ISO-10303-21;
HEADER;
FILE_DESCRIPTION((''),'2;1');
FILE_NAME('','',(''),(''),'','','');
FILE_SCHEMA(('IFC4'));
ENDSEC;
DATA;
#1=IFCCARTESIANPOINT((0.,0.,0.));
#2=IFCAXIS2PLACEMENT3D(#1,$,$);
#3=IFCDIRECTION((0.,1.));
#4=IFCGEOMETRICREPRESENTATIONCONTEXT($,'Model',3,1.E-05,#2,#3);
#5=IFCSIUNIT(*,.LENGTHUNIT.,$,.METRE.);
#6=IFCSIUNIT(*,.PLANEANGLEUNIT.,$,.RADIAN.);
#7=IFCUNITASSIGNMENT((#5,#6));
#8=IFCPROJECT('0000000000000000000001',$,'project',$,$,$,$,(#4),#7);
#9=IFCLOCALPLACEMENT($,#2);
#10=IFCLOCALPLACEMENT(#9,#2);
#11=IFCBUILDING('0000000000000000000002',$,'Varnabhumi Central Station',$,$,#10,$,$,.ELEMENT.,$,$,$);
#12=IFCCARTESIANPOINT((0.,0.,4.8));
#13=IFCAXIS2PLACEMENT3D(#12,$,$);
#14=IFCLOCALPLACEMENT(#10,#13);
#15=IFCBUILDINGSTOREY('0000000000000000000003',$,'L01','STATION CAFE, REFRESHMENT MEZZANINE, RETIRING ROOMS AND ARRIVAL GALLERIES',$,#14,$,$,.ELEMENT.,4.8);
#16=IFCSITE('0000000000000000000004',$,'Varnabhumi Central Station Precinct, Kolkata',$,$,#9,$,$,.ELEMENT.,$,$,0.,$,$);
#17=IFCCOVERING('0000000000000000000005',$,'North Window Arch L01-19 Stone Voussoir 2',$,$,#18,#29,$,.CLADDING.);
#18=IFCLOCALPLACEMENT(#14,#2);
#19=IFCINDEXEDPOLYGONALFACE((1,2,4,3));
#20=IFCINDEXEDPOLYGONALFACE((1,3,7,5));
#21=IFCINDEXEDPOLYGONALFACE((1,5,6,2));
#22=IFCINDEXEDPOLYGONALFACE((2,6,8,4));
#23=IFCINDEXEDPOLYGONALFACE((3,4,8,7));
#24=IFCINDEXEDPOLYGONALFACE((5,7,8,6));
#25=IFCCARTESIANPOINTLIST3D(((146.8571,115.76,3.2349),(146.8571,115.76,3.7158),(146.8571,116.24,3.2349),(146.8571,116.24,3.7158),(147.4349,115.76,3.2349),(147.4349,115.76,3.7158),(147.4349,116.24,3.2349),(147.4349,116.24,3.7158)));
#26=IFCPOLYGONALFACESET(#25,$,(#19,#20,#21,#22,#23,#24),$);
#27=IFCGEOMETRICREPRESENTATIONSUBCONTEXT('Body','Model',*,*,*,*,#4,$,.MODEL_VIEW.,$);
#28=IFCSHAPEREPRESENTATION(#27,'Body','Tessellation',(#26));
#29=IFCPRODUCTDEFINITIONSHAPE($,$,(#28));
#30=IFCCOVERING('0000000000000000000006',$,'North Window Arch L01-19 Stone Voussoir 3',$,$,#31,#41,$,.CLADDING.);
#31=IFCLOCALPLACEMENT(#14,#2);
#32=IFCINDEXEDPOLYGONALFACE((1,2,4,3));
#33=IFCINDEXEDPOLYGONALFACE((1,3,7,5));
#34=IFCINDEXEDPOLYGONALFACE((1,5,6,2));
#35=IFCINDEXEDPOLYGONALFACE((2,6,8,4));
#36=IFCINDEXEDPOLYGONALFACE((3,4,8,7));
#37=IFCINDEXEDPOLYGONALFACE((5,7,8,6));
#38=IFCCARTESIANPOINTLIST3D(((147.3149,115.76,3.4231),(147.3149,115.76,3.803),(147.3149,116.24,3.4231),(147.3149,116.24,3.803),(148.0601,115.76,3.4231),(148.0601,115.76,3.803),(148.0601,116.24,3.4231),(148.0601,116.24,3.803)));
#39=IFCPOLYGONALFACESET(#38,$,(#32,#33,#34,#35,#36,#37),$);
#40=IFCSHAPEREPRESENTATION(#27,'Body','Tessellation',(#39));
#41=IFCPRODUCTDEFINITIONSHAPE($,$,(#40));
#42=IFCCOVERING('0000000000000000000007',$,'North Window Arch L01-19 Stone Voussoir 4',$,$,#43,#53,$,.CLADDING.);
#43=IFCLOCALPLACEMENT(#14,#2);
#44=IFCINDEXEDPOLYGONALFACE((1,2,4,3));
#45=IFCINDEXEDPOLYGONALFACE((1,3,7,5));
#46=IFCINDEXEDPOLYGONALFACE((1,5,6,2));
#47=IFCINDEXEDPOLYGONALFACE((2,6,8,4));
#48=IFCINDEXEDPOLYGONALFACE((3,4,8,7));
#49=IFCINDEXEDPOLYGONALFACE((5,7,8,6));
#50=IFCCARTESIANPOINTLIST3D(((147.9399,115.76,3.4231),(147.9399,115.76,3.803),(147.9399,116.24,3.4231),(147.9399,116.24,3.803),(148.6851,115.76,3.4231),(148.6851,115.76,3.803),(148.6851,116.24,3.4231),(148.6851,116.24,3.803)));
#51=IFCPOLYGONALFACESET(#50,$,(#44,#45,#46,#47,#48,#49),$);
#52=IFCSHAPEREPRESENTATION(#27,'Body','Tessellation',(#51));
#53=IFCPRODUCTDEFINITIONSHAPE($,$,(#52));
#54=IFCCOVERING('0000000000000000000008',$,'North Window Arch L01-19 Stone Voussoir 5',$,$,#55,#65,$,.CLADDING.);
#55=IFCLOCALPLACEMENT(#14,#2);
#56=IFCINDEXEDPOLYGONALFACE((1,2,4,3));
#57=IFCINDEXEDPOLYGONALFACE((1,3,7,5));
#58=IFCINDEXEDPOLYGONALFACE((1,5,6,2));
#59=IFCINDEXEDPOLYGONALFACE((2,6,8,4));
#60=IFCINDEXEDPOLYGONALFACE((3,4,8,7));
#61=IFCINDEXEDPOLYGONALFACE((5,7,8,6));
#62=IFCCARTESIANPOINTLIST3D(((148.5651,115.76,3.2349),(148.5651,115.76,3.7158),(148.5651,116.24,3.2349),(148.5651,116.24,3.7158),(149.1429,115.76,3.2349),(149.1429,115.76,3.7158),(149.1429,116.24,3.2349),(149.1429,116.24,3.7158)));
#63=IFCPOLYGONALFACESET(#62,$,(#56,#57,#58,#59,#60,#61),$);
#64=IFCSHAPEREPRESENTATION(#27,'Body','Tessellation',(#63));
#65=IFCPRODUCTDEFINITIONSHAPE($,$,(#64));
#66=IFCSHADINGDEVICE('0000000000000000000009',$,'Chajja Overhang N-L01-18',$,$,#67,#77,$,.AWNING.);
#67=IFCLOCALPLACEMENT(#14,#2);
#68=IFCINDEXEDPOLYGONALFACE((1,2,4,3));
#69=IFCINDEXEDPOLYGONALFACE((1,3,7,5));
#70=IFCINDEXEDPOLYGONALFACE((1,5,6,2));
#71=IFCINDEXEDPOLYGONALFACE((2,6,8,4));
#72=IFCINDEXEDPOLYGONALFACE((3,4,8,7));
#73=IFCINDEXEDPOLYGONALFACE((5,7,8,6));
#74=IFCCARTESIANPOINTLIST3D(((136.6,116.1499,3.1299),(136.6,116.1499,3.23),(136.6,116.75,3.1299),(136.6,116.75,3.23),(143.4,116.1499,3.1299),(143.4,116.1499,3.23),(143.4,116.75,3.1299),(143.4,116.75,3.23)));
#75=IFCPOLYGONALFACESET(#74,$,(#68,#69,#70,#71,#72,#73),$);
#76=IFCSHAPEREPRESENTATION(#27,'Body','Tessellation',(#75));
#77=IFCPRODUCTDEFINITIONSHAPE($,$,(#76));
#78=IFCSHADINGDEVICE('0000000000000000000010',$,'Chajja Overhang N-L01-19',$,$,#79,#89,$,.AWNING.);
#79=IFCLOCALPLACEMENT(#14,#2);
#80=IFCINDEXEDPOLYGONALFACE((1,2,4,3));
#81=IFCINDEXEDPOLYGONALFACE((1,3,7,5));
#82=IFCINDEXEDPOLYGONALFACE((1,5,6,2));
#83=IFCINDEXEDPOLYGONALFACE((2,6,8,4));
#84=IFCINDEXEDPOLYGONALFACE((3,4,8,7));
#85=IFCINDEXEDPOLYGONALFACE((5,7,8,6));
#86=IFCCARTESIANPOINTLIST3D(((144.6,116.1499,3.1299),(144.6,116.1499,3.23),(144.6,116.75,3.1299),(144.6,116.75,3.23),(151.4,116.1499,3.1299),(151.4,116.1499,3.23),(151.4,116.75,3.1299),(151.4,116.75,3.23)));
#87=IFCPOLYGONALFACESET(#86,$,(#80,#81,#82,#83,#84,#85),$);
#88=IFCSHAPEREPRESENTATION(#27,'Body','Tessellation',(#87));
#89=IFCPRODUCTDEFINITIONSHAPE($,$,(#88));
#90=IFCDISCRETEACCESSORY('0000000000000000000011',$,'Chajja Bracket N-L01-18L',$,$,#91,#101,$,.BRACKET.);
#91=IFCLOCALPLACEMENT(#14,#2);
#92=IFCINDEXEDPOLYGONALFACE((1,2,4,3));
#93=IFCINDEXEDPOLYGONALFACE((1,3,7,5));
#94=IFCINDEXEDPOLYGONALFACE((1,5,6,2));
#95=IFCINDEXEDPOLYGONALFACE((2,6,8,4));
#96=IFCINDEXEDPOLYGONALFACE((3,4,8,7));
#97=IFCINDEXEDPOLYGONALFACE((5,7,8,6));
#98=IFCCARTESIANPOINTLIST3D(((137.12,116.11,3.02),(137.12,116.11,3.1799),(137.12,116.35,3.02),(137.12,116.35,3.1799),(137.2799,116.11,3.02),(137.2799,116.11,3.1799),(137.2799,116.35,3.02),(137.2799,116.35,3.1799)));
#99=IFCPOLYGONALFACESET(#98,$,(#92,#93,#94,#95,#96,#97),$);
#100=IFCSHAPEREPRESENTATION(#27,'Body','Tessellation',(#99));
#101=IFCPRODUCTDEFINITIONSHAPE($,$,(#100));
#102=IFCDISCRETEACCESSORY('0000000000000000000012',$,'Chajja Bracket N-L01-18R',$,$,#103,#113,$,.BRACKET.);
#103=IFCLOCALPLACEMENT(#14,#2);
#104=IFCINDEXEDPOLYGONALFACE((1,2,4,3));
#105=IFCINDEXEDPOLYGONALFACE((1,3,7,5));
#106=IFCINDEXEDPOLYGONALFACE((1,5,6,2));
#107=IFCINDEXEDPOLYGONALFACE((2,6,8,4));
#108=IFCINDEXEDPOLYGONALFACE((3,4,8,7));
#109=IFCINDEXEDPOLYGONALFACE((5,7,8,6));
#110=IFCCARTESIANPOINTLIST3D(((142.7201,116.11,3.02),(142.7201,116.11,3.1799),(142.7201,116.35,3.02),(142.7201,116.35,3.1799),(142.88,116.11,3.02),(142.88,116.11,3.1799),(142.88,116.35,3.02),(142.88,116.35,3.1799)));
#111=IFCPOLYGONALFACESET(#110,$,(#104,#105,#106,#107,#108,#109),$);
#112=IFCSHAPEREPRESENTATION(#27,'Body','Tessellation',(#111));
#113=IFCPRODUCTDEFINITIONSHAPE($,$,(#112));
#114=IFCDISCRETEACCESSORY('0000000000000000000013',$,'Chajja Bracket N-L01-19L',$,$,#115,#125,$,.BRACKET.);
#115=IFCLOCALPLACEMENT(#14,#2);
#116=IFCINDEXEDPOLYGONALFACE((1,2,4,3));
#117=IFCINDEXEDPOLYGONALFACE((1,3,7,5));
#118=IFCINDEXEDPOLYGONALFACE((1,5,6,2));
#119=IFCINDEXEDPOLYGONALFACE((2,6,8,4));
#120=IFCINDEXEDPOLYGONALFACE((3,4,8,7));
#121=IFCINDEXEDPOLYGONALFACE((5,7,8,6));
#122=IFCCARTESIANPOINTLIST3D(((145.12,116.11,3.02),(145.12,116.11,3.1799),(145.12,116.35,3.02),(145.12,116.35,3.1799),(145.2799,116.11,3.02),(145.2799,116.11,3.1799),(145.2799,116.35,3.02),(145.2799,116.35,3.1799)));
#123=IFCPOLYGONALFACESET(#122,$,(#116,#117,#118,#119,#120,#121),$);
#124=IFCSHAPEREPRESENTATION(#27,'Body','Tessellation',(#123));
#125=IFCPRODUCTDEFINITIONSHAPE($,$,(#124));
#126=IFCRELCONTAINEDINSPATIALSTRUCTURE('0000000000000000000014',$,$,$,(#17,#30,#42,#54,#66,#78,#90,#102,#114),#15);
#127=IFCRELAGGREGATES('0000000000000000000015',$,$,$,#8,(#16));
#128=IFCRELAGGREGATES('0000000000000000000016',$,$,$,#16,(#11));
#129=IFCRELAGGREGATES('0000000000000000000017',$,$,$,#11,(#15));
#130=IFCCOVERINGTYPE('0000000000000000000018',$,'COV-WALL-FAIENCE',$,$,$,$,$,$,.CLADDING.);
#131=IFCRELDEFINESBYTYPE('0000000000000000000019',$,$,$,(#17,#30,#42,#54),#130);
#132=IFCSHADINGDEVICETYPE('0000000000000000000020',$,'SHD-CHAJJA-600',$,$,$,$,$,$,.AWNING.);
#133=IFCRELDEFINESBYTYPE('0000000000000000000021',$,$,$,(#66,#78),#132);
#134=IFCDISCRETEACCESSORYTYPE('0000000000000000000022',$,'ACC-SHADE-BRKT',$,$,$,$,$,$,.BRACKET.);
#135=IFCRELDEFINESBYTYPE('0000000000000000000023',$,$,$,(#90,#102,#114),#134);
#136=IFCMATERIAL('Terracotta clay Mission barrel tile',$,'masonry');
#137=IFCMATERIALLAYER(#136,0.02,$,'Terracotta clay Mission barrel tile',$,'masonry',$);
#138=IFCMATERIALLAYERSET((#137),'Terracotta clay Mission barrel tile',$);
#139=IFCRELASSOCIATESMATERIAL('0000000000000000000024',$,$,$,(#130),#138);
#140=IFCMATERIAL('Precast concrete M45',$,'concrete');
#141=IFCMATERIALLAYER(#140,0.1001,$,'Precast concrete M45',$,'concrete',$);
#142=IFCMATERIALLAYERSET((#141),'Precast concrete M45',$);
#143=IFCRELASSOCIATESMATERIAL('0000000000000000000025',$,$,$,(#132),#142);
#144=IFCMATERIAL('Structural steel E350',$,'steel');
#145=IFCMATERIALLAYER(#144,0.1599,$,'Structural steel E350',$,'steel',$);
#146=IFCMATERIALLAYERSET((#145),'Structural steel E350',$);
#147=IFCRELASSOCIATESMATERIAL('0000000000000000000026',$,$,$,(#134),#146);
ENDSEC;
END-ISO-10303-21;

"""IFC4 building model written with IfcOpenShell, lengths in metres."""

from ifc_helpers import new_model, si_unit, direction, frame, origin, origin_2d, place, context, subcontext, project, spatial, rectangle, extrude, material, layer, layer_set, type_object, element, save


model = new_model("IFC4")

# Units and contexts
model_context = context("Model", 3, precision=1e-05, world=origin(), true_north=direction((0.0, 1.0)))
body_context = subcontext(model_context, "Body", "Model", "MODEL_VIEW")
ifc_project = project(units=[si_unit("LENGTHUNIT", "METRE"), si_unit("PLANEANGLEUNIT", "RADIAN")], contexts=[model_context])

# Site, building, storey
site_placement = place(None, origin())
site = spatial("IfcSite", under=ifc_project, at=site_placement, Name="Varnabhumi Central Station Precinct, Kolkata", CompositionType="ELEMENT", RefElevation=0.0)
building_placement = place(site_placement, origin())
building = spatial("IfcBuilding", under=site, at=building_placement, Name="Varnabhumi Central Station", CompositionType="ELEMENT")
storey_placement = place(building_placement, frame((0.0, 0.0, 4.8)))
storey = spatial("IfcBuildingStorey", under=building, at=storey_placement, Name="L01", Description="STATION CAFE, REFRESHMENT MEZZANINE, RETIRING ROOMS AND ARRIVAL GALLERIES", CompositionType="ELEMENT", Elevation=4.8)

# Coverings
ifc_material_1 = material(Name="Terracotta clay Mission barrel tile", Category="masonry")
ifc_layer_1 = layer(ifc_material_1, 0.02, Name="Terracotta clay Mission barrel tile", Category="masonry")
ifc_layer_set_1 = layer_set([ifc_layer_1], Name="Terracotta clay Mission barrel tile")
covering_type = type_object("IfcCoveringType", Name="COV-WALL-FAIENCE", PredefinedType="CLADDING", material=ifc_layer_set_1)
covering_1_placement = place(storey_placement, frame((147.146, 116.0, 3.2349), z_axis=(0.0, 0.0, 1.0), x_axis=(1.0, 0.0, 0.0)))
element("IfcCovering", 1, at=covering_1_placement, inside=storey, type_object=covering_type, Name="North Window Arch L01-19 Stone Voussoir 2", PredefinedType="CLADDING", context=body_context, shape_type="SweptSolid", body=[
    extrude(rectangle(XDim=0.5779, YDim=0.48, at=origin_2d()), origin(), (0.0, 0.0, 1.0), 0.481),
])
for number, where, z_axis, x_axis, name in (
    (2, (147.6875, 116.0, 3.4231), (0.0, 0.0, 1.0), (1.0, 0.0, 0.0), "North Window Arch L01-19 Stone Voussoir 3"),
    (3, (148.3125, 116.0, 3.4231), (0.0, 0.0, 1.0), (1.0, 0.0, 0.0), "North Window Arch L01-19 Stone Voussoir 4"),
):
    element("IfcCovering", number, at=place(storey_placement, frame(where, z_axis=z_axis, x_axis=x_axis)), inside=storey, type_object=covering_type, Name=name, PredefinedType="CLADDING", context=body_context, shape_type="SweptSolid", body=[
        extrude(rectangle(XDim=0.7451, YDim=0.48, at=origin_2d()), origin(), (0.0, 0.0, 1.0), 0.3799),
    ])
covering_2_placement = place(storey_placement, frame((148.854, 116.0, 3.2349), z_axis=(0.0, 0.0, 1.0), x_axis=(1.0, 0.0, 0.0)))
element("IfcCovering", 4, at=covering_2_placement, inside=storey, type_object=covering_type, Name="North Window Arch L01-19 Stone Voussoir 5", PredefinedType="CLADDING", context=body_context, shape_type="SweptSolid", body=[
    extrude(rectangle(XDim=0.5779, YDim=0.48, at=origin_2d()), origin(), (0.0, 0.0, 1.0), 0.481),
])

# Shading devices
ifc_material_2 = material(Name="Precast concrete M45", Category="concrete")
ifc_layer_2 = layer(ifc_material_2, 0.1001, Name="Precast concrete M45", Category="concrete")
ifc_layer_set_2 = layer_set([ifc_layer_2], Name="Precast concrete M45")
shading_device_type = type_object("IfcShadingDeviceType", Name="SHD-CHAJJA-600", PredefinedType="AWNING", material=ifc_layer_set_2)
for number, where, z_axis, x_axis, name in (
    (5, (140.0, 116.45, 3.1299), (0.0, 0.0, 1.0), (1.0, 0.0, 0.0), "Chajja Overhang N-L01-18"),
    (6, (148.0, 116.45, 3.1299), (0.0, 0.0, 1.0), (1.0, 0.0, 0.0), "Chajja Overhang N-L01-19"),
):
    element("IfcShadingDevice", number, at=place(storey_placement, frame(where, z_axis=z_axis, x_axis=x_axis)), inside=storey, type_object=shading_device_type, Name=name, PredefinedType="AWNING", context=body_context, shape_type="SweptSolid", body=[
        extrude(rectangle(XDim=6.8, YDim=0.6001, at=origin_2d()), origin(), (0.0, 0.0, 1.0), 0.1001),
    ])

# Discrete accessories
ifc_material_3 = material(Name="Structural steel E350", Category="steel")
ifc_layer_3 = layer(ifc_material_3, 0.1599, Name="Structural steel E350", Category="steel")
ifc_layer_set_3 = layer_set([ifc_layer_3], Name="Structural steel E350")
discrete_accessory_type = type_object("IfcDiscreteAccessoryType", Name="ACC-SHADE-BRKT", PredefinedType="BRACKET", material=ifc_layer_set_3)
for number, where, z_axis, x_axis, name in (
    (7, (137.2, 116.23, 3.02), (0.0, 0.0, 1.0), (1.0, 0.0, 0.0), "Chajja Bracket N-L01-18L"),
    (8, (142.8, 116.23, 3.02), (0.0, 0.0, 1.0), (1.0, 0.0, 0.0), "Chajja Bracket N-L01-18R"),
    (9, (145.2, 116.23, 3.02), (0.0, 0.0, 1.0), (1.0, 0.0, 0.0), "Chajja Bracket N-L01-19L"),
):
    element("IfcDiscreteAccessory", number, at=place(storey_placement, frame(where, z_axis=z_axis, x_axis=x_axis)), inside=storey, type_object=discrete_accessory_type, Name=name, PredefinedType="BRACKET", context=body_context, shape_type="SweptSolid", body=[
        extrude(rectangle(XDim=0.1599, YDim=0.24, at=origin_2d()), origin(), (0.0, 0.0, 1.0), 0.1599),
    ])

save(model, "model.ifc")
